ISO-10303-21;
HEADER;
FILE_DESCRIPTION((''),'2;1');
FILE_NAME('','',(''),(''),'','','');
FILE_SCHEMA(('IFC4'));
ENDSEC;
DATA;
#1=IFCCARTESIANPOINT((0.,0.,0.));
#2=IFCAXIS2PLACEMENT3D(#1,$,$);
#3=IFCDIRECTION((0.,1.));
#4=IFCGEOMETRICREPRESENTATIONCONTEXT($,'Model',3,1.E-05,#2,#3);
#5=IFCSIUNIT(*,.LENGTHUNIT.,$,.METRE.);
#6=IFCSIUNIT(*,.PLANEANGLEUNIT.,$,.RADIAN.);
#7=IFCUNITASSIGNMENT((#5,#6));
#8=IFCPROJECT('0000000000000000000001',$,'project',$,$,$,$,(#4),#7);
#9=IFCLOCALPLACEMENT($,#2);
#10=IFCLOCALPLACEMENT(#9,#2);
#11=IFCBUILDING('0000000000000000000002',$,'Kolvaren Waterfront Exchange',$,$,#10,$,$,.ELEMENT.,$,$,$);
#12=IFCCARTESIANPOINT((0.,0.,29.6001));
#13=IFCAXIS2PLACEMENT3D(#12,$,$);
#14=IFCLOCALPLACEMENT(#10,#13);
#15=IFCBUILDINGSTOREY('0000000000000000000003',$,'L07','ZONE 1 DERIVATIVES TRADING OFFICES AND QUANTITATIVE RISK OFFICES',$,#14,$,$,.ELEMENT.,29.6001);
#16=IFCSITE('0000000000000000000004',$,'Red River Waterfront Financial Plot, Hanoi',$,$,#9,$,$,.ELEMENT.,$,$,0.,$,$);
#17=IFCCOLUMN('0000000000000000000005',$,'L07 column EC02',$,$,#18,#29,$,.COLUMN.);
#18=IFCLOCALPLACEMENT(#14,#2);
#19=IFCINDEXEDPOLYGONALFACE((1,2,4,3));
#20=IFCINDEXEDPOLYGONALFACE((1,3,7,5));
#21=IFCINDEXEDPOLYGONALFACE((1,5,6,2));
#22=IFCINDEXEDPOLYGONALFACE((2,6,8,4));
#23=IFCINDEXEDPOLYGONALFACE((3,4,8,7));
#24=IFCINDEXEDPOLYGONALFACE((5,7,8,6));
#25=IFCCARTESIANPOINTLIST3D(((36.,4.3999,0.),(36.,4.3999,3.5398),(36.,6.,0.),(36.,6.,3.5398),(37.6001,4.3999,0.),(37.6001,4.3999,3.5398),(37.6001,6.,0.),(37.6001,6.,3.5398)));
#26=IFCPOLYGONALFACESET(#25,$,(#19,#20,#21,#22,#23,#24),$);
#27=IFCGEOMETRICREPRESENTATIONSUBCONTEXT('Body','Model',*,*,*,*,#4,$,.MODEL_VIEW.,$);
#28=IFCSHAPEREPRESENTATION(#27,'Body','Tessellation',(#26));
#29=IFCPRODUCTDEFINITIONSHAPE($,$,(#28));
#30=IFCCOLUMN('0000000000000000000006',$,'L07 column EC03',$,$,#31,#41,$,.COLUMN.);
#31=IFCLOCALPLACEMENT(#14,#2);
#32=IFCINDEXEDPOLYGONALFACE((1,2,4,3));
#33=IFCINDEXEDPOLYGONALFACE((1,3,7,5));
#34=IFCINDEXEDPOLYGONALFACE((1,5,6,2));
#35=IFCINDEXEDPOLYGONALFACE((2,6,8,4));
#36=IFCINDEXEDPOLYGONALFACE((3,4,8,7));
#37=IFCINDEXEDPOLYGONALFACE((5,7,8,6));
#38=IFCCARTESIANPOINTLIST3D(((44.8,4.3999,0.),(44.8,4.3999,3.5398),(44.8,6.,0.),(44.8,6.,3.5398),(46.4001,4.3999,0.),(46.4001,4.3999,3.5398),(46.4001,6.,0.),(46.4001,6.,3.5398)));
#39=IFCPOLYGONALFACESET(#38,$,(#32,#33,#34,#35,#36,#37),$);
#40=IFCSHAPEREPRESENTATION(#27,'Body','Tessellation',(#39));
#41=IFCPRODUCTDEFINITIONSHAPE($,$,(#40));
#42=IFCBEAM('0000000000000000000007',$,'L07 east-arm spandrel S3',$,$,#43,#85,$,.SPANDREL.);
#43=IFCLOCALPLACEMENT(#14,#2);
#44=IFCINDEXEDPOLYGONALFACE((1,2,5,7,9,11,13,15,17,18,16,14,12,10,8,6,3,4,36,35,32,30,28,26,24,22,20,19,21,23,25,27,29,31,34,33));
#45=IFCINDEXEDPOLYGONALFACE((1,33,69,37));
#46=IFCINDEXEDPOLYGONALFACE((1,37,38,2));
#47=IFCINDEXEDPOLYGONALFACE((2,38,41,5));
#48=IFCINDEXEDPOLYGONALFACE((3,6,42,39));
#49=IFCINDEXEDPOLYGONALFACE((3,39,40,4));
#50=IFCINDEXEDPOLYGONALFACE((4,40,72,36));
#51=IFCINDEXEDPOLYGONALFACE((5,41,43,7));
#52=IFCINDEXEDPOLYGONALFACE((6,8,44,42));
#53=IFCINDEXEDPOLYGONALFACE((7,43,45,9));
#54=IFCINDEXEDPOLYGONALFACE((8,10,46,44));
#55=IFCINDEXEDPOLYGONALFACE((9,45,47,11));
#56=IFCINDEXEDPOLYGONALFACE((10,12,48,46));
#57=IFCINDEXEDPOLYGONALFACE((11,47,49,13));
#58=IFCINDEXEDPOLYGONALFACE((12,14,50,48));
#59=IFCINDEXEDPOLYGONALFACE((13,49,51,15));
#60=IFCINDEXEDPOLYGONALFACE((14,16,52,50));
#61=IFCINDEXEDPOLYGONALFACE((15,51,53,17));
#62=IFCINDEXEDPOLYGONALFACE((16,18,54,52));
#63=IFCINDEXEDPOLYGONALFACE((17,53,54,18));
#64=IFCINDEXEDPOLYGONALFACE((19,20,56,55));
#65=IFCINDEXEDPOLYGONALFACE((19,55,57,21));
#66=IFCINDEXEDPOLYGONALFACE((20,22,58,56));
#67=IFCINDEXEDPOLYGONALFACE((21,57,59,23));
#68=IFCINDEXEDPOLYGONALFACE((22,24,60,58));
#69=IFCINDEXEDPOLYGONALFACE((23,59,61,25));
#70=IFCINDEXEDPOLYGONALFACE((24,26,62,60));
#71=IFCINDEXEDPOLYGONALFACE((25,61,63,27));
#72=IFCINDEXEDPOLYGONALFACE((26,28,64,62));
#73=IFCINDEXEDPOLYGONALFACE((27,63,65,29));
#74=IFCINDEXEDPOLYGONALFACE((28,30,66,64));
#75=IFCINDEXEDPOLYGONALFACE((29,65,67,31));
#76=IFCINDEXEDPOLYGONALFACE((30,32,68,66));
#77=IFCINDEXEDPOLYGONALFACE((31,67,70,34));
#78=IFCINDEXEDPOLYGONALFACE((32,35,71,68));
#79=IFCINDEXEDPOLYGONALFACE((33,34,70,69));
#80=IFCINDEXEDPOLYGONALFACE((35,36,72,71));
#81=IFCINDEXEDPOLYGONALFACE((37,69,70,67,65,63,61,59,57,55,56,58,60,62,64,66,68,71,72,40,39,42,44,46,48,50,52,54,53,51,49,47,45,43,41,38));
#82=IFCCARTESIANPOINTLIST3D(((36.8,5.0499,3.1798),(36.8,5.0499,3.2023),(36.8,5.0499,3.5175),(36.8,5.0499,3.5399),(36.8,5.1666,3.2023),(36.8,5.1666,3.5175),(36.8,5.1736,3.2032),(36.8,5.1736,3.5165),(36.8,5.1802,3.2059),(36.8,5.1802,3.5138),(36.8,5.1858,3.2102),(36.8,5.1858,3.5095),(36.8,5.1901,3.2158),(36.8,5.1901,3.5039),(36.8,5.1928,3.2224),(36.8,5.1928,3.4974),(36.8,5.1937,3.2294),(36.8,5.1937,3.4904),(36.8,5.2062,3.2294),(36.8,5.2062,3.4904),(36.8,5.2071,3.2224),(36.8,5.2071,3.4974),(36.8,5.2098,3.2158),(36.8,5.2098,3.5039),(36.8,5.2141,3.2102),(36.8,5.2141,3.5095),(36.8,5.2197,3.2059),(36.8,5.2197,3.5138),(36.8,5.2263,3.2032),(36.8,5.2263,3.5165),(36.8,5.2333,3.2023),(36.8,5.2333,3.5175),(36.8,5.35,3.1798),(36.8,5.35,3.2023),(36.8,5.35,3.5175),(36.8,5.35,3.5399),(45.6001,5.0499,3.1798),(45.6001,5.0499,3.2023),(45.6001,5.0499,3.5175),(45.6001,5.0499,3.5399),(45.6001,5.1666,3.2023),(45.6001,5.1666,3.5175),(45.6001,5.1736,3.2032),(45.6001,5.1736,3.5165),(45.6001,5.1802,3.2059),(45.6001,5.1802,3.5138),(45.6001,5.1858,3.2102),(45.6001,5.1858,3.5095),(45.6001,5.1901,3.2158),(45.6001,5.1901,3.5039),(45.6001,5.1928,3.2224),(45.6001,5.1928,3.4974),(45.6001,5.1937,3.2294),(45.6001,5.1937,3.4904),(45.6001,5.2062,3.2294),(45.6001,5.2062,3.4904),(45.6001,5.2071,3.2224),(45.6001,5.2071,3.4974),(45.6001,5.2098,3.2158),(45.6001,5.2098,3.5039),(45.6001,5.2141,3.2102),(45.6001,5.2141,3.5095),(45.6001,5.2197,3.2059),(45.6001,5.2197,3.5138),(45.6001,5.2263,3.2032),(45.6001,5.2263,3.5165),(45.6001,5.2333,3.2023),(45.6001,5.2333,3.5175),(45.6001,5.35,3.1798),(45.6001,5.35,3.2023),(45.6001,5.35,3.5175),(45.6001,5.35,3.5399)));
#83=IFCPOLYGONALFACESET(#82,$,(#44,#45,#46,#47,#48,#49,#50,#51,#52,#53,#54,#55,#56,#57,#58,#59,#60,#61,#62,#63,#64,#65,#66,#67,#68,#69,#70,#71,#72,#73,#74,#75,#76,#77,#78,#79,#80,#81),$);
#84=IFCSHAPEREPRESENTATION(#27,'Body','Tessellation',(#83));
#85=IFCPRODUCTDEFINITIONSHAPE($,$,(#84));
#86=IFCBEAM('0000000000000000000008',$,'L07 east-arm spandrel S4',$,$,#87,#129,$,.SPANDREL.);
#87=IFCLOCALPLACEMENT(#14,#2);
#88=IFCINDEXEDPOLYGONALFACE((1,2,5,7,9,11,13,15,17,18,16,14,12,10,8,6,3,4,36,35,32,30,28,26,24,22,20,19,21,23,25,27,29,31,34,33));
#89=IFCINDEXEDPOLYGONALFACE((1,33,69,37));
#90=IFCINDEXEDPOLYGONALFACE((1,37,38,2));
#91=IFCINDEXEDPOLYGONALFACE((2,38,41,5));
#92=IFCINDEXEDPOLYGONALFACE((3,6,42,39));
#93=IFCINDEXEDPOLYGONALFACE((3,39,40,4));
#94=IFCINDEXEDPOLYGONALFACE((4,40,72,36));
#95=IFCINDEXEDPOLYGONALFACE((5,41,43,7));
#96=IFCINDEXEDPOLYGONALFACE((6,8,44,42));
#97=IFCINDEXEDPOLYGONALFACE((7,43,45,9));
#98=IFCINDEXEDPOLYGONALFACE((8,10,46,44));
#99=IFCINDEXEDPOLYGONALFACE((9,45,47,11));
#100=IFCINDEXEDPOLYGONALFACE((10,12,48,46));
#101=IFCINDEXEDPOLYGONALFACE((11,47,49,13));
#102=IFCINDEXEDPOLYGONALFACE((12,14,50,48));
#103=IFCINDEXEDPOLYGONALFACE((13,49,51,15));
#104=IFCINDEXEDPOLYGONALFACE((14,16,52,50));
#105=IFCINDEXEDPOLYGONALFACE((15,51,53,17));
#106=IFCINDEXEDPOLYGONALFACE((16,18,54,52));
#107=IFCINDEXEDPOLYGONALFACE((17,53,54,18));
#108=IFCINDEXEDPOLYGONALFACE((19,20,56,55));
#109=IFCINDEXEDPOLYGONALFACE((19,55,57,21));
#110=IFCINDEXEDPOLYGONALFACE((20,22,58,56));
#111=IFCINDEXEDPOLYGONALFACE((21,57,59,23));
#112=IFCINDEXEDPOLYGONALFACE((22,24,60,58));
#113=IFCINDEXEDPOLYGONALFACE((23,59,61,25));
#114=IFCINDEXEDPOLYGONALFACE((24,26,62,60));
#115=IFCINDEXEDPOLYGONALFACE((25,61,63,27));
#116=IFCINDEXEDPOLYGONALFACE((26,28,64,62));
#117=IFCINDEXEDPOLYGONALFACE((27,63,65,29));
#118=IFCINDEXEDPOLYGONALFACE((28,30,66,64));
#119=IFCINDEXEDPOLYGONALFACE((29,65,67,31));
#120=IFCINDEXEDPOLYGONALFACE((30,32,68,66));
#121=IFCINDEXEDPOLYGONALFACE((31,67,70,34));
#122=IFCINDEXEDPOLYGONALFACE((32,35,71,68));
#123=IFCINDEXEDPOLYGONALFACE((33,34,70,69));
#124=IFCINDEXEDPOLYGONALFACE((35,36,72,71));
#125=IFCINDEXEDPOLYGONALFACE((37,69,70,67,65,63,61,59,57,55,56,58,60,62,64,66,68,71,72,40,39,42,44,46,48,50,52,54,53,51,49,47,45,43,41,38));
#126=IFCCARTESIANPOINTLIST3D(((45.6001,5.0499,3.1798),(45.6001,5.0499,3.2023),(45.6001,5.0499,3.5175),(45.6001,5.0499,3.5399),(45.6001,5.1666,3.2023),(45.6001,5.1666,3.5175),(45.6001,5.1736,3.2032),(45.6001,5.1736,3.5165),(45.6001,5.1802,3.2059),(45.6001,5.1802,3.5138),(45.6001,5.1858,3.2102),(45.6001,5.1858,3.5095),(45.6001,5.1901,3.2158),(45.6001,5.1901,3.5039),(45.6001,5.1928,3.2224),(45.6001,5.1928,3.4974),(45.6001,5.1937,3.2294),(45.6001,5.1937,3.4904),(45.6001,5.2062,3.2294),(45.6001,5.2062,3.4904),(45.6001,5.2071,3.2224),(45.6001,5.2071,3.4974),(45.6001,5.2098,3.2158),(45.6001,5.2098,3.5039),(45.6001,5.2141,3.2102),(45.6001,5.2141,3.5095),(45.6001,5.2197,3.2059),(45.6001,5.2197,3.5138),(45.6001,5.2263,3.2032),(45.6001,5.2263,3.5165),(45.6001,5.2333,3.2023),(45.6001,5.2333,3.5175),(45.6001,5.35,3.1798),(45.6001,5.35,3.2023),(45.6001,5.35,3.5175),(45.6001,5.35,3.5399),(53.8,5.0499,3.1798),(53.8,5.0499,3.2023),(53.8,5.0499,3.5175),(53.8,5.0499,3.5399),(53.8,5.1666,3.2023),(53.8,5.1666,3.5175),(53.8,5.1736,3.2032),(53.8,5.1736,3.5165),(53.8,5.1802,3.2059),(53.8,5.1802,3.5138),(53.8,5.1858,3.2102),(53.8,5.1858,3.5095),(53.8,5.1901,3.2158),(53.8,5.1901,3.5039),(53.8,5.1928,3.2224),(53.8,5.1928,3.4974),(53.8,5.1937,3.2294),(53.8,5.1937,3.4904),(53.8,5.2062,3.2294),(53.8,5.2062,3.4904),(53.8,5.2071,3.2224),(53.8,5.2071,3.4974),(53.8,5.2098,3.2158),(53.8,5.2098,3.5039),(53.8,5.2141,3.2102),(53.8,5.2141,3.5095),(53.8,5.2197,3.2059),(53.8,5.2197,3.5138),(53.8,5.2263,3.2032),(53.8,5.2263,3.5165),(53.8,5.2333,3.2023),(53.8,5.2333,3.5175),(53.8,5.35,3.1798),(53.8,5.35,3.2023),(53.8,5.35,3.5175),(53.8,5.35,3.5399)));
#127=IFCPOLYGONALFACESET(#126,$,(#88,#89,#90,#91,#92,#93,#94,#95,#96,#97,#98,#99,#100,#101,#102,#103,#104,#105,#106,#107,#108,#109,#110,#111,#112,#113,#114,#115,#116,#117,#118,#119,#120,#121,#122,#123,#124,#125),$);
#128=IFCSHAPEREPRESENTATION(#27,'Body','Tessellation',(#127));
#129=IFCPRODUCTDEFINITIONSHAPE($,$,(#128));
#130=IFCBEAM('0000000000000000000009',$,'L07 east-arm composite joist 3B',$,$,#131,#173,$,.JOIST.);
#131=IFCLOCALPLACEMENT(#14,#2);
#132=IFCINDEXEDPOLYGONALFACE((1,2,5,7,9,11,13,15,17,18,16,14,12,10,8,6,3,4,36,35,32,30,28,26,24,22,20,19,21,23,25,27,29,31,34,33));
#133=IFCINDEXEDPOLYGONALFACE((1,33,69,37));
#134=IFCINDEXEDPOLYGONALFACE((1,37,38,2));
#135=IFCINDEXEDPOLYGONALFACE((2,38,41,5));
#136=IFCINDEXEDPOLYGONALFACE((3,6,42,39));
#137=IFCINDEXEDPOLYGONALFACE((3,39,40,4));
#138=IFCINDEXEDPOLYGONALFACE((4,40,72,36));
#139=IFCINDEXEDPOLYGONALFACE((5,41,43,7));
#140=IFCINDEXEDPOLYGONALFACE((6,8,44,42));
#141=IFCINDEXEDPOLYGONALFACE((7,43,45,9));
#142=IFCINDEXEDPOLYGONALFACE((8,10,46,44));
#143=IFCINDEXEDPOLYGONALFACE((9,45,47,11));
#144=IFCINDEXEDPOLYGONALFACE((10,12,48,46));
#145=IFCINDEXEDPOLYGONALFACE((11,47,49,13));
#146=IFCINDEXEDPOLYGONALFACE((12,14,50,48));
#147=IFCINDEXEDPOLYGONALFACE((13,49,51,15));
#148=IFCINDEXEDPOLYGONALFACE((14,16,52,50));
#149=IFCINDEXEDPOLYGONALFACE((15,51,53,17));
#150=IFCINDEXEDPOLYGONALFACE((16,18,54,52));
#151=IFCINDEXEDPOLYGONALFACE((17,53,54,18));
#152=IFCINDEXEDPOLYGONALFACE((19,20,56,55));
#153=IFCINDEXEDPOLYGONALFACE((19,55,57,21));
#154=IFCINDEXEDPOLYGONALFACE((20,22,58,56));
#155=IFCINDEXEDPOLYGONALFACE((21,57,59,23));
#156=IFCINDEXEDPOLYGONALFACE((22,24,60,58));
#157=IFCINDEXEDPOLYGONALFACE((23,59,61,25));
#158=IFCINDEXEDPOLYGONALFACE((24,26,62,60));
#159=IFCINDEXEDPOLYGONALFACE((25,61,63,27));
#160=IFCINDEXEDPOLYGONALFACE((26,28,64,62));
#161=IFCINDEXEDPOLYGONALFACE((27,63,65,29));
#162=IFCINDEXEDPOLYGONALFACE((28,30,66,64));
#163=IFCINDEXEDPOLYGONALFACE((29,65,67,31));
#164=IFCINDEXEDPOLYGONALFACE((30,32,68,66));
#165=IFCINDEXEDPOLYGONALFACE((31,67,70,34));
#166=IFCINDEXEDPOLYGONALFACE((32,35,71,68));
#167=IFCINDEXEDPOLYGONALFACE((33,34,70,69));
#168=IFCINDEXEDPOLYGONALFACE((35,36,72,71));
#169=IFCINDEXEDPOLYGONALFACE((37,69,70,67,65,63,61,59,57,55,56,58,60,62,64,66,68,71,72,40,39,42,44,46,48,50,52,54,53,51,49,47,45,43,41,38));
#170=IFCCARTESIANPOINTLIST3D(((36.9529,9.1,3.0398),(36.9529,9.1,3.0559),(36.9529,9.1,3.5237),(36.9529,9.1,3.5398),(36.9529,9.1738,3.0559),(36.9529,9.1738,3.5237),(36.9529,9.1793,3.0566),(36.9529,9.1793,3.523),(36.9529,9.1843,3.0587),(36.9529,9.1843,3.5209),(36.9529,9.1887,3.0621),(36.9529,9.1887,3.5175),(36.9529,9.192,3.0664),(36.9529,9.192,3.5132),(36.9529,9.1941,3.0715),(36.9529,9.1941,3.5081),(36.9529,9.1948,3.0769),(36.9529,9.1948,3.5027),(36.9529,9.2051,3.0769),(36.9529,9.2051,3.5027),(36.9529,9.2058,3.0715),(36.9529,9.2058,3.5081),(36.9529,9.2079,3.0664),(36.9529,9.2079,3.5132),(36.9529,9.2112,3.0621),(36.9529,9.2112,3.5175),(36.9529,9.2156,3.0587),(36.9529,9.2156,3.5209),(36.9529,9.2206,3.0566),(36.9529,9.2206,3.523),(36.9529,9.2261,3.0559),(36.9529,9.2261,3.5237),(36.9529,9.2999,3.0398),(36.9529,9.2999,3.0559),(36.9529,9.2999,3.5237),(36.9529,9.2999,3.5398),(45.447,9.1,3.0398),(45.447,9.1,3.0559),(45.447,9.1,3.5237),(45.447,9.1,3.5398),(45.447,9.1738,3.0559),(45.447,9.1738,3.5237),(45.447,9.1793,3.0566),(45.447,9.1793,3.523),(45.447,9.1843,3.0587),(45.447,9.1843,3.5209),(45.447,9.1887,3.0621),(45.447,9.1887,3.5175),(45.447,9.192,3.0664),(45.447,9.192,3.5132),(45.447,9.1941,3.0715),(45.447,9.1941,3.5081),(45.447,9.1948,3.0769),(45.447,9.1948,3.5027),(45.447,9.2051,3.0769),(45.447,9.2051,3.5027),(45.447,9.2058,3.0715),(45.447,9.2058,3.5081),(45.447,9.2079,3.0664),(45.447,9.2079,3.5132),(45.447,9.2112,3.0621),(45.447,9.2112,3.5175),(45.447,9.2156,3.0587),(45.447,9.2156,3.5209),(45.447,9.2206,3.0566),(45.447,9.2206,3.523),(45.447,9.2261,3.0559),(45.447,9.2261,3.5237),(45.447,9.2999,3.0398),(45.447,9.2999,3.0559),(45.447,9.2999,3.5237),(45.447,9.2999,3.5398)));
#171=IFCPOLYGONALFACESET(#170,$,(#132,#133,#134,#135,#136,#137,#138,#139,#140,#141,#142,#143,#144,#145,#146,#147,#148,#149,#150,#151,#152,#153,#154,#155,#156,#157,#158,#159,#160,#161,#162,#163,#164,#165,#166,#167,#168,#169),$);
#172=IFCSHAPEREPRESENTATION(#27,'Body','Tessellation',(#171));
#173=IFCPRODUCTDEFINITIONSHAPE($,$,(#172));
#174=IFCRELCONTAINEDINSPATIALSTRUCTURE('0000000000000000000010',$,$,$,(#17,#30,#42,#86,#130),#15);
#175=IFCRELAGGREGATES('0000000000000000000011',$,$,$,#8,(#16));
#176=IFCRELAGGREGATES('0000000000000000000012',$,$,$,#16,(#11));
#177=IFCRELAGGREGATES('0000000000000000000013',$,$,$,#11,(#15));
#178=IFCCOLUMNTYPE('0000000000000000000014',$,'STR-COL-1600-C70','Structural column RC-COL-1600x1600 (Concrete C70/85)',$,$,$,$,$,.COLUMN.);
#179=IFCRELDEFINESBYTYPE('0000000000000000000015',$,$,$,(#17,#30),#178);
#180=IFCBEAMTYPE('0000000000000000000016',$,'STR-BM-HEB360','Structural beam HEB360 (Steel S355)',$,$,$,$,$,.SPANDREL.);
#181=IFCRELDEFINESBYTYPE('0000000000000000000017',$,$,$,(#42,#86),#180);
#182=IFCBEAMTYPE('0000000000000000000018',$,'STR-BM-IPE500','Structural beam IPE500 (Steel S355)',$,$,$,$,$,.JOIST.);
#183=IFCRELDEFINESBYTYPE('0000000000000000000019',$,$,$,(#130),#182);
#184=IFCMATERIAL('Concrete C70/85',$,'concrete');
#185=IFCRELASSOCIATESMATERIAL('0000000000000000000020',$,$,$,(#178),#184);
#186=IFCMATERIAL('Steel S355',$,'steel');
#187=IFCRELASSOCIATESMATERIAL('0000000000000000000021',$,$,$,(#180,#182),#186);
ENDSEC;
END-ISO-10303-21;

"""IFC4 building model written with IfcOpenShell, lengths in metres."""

from ifc_helpers import new_model, si_unit, direction, frame, origin, origin_2d, place, context, subcontext, project, spatial, rectangle, i_section, extrude, material, material_profile, profile_set, type_object, element, save


model = new_model("IFC4")

# Units and contexts
model_context = context("Model", 3, precision=1e-05, world=origin(), true_north=direction((0.0, 1.0)))
body_context = subcontext(model_context, "Body", "Model", "MODEL_VIEW")
ifc_project = project(units=[si_unit("LENGTHUNIT", "METRE"), si_unit("PLANEANGLEUNIT", "RADIAN")], contexts=[model_context])

# Site, building, storey
site_placement = place(None, origin())
site = spatial("IfcSite", under=ifc_project, at=site_placement, Name="Red River Waterfront Financial Plot, Hanoi", CompositionType="ELEMENT", RefElevation=0.0)
building_placement = place(site_placement, origin())
building = spatial("IfcBuilding", under=site, at=building_placement, Name="Kolvaren Waterfront Exchange", CompositionType="ELEMENT")
storey_placement = place(building_placement, frame((0.0, 0.0, 29.6001)))
storey = spatial("IfcBuildingStorey", under=building, at=storey_placement, Name="L07", Description="ZONE 1 DERIVATIVES TRADING OFFICES AND QUANTITATIVE RISK OFFICES", CompositionType="ELEMENT", Elevation=29.6001)

# Columns
ifc_material_1 = material(Name="Concrete C70/85", Category="concrete")
ifc_material_profile_1 = material_profile(ifc_material_1, rectangle(XDim=1.6001, YDim=1.6001, at=origin_2d()), Name="RC-COL-1600x1600")
ifc_profile_set_1 = profile_set([ifc_material_profile_1], Name="Concrete C70/85")
column_type = type_object("IfcColumnType", Name="STR-COL-1600-C70", Description="Structural column RC-COL-1600x1600 (Concrete C70/85)", PredefinedType="COLUMN", material=ifc_profile_set_1)
for number, where, z_axis, x_axis, name in (
    (1, (36.8, 5.2, 0.0), (0.0, 0.0, 1.0), (1.0, 0.0, 0.0), "L07 column EC02"),
    (2, (45.6001, 5.2, 0.0), (0.0, 0.0, 1.0), (1.0, 0.0, 0.0), "L07 column EC03"),
):
    element("IfcColumn", number, at=place(storey_placement, frame(where, z_axis=z_axis, x_axis=x_axis)), inside=storey, type_object=column_type, Name=name, PredefinedType="COLUMN", context=body_context, shape_type="SweptSolid", body=[
        extrude(rectangle(XDim=1.6001, YDim=1.6001, at=origin_2d()), origin(), (0.0, 0.0, 1.0), 3.5398),
    ])

# Beams
ifc_material_2 = material(Name="Steel S355", Category="steel")
ifc_material_profile_2 = material_profile(ifc_material_2, i_section(OverallWidth=0.3, OverallDepth=0.3601, WebThickness=0.0125, FlangeThickness=0.0225, FilletRadius=0.0271, at=origin_2d()), Name="HEB360")
ifc_profile_set_2 = profile_set([ifc_material_profile_2], Name="Steel S355")
beam_type_1 = type_object("IfcBeamType", Name="STR-BM-HEB360", Description="Structural beam HEB360 (Steel S355)", PredefinedType="SPANDREL", material=ifc_profile_set_2)
beam_1_placement = place(storey_placement, frame((36.8, 5.2, 3.3599), z_axis=(1.0, 0.0, 0.0), x_axis=(0.0, 1.0, 0.0)))
element("IfcBeam", 3, at=beam_1_placement, inside=storey, type_object=beam_type_1, Name="L07 east-arm spandrel S3", PredefinedType="SPANDREL", context=body_context, shape_type="SweptSolid", body=[
    extrude(i_section(OverallWidth=0.3, OverallDepth=0.3601, WebThickness=0.0125, FlangeThickness=0.0225, FilletRadius=0.0271, at=origin_2d()), origin(), (0.0, 0.0, 1.0), 8.8),
])
beam_2_placement = place(storey_placement, frame((45.6001, 5.2, 3.3599), z_axis=(1.0, 0.0, 0.0), x_axis=(0.0, 1.0, 0.0)))
element("IfcBeam", 4, at=beam_2_placement, inside=storey, type_object=beam_type_1, Name="L07 east-arm spandrel S4", PredefinedType="SPANDREL", context=body_context, shape_type="SweptSolid", body=[
    extrude(i_section(OverallWidth=0.3, OverallDepth=0.3601, WebThickness=0.0125, FlangeThickness=0.0225, FilletRadius=0.0271, at=origin_2d()), origin(), (0.0, 0.0, 1.0), 8.2),
])
ifc_material_profile_3 = material_profile(ifc_material_2, i_section(OverallWidth=0.2, OverallDepth=0.5, WebThickness=0.0103, FlangeThickness=0.0161, FilletRadius=0.021, at=origin_2d()), Name="IPE500")
ifc_profile_set_3 = profile_set([ifc_material_profile_3], Name="Steel S355")
beam_type_2 = type_object("IfcBeamType", Name="STR-BM-IPE500", Description="Structural beam IPE500 (Steel S355)", PredefinedType="JOIST", material=ifc_profile_set_3)
beam_3_placement = place(storey_placement, frame((36.9529, 9.2, 3.2898), z_axis=(1.0, 0.0, 0.0), x_axis=(0.0, 1.0, 0.0)))
element("IfcBeam", 5, at=beam_3_placement, inside=storey, type_object=beam_type_2, Name="L07 east-arm composite joist 3B", PredefinedType="JOIST", context=body_context, shape_type="SweptSolid", body=[
    extrude(i_section(OverallWidth=0.2, OverallDepth=0.5, WebThickness=0.0103, FlangeThickness=0.0161, FilletRadius=0.021, at=origin_2d()), origin(), (0.0, 0.0, 1.0), 8.4941),
])

save(model, "model.ifc")
